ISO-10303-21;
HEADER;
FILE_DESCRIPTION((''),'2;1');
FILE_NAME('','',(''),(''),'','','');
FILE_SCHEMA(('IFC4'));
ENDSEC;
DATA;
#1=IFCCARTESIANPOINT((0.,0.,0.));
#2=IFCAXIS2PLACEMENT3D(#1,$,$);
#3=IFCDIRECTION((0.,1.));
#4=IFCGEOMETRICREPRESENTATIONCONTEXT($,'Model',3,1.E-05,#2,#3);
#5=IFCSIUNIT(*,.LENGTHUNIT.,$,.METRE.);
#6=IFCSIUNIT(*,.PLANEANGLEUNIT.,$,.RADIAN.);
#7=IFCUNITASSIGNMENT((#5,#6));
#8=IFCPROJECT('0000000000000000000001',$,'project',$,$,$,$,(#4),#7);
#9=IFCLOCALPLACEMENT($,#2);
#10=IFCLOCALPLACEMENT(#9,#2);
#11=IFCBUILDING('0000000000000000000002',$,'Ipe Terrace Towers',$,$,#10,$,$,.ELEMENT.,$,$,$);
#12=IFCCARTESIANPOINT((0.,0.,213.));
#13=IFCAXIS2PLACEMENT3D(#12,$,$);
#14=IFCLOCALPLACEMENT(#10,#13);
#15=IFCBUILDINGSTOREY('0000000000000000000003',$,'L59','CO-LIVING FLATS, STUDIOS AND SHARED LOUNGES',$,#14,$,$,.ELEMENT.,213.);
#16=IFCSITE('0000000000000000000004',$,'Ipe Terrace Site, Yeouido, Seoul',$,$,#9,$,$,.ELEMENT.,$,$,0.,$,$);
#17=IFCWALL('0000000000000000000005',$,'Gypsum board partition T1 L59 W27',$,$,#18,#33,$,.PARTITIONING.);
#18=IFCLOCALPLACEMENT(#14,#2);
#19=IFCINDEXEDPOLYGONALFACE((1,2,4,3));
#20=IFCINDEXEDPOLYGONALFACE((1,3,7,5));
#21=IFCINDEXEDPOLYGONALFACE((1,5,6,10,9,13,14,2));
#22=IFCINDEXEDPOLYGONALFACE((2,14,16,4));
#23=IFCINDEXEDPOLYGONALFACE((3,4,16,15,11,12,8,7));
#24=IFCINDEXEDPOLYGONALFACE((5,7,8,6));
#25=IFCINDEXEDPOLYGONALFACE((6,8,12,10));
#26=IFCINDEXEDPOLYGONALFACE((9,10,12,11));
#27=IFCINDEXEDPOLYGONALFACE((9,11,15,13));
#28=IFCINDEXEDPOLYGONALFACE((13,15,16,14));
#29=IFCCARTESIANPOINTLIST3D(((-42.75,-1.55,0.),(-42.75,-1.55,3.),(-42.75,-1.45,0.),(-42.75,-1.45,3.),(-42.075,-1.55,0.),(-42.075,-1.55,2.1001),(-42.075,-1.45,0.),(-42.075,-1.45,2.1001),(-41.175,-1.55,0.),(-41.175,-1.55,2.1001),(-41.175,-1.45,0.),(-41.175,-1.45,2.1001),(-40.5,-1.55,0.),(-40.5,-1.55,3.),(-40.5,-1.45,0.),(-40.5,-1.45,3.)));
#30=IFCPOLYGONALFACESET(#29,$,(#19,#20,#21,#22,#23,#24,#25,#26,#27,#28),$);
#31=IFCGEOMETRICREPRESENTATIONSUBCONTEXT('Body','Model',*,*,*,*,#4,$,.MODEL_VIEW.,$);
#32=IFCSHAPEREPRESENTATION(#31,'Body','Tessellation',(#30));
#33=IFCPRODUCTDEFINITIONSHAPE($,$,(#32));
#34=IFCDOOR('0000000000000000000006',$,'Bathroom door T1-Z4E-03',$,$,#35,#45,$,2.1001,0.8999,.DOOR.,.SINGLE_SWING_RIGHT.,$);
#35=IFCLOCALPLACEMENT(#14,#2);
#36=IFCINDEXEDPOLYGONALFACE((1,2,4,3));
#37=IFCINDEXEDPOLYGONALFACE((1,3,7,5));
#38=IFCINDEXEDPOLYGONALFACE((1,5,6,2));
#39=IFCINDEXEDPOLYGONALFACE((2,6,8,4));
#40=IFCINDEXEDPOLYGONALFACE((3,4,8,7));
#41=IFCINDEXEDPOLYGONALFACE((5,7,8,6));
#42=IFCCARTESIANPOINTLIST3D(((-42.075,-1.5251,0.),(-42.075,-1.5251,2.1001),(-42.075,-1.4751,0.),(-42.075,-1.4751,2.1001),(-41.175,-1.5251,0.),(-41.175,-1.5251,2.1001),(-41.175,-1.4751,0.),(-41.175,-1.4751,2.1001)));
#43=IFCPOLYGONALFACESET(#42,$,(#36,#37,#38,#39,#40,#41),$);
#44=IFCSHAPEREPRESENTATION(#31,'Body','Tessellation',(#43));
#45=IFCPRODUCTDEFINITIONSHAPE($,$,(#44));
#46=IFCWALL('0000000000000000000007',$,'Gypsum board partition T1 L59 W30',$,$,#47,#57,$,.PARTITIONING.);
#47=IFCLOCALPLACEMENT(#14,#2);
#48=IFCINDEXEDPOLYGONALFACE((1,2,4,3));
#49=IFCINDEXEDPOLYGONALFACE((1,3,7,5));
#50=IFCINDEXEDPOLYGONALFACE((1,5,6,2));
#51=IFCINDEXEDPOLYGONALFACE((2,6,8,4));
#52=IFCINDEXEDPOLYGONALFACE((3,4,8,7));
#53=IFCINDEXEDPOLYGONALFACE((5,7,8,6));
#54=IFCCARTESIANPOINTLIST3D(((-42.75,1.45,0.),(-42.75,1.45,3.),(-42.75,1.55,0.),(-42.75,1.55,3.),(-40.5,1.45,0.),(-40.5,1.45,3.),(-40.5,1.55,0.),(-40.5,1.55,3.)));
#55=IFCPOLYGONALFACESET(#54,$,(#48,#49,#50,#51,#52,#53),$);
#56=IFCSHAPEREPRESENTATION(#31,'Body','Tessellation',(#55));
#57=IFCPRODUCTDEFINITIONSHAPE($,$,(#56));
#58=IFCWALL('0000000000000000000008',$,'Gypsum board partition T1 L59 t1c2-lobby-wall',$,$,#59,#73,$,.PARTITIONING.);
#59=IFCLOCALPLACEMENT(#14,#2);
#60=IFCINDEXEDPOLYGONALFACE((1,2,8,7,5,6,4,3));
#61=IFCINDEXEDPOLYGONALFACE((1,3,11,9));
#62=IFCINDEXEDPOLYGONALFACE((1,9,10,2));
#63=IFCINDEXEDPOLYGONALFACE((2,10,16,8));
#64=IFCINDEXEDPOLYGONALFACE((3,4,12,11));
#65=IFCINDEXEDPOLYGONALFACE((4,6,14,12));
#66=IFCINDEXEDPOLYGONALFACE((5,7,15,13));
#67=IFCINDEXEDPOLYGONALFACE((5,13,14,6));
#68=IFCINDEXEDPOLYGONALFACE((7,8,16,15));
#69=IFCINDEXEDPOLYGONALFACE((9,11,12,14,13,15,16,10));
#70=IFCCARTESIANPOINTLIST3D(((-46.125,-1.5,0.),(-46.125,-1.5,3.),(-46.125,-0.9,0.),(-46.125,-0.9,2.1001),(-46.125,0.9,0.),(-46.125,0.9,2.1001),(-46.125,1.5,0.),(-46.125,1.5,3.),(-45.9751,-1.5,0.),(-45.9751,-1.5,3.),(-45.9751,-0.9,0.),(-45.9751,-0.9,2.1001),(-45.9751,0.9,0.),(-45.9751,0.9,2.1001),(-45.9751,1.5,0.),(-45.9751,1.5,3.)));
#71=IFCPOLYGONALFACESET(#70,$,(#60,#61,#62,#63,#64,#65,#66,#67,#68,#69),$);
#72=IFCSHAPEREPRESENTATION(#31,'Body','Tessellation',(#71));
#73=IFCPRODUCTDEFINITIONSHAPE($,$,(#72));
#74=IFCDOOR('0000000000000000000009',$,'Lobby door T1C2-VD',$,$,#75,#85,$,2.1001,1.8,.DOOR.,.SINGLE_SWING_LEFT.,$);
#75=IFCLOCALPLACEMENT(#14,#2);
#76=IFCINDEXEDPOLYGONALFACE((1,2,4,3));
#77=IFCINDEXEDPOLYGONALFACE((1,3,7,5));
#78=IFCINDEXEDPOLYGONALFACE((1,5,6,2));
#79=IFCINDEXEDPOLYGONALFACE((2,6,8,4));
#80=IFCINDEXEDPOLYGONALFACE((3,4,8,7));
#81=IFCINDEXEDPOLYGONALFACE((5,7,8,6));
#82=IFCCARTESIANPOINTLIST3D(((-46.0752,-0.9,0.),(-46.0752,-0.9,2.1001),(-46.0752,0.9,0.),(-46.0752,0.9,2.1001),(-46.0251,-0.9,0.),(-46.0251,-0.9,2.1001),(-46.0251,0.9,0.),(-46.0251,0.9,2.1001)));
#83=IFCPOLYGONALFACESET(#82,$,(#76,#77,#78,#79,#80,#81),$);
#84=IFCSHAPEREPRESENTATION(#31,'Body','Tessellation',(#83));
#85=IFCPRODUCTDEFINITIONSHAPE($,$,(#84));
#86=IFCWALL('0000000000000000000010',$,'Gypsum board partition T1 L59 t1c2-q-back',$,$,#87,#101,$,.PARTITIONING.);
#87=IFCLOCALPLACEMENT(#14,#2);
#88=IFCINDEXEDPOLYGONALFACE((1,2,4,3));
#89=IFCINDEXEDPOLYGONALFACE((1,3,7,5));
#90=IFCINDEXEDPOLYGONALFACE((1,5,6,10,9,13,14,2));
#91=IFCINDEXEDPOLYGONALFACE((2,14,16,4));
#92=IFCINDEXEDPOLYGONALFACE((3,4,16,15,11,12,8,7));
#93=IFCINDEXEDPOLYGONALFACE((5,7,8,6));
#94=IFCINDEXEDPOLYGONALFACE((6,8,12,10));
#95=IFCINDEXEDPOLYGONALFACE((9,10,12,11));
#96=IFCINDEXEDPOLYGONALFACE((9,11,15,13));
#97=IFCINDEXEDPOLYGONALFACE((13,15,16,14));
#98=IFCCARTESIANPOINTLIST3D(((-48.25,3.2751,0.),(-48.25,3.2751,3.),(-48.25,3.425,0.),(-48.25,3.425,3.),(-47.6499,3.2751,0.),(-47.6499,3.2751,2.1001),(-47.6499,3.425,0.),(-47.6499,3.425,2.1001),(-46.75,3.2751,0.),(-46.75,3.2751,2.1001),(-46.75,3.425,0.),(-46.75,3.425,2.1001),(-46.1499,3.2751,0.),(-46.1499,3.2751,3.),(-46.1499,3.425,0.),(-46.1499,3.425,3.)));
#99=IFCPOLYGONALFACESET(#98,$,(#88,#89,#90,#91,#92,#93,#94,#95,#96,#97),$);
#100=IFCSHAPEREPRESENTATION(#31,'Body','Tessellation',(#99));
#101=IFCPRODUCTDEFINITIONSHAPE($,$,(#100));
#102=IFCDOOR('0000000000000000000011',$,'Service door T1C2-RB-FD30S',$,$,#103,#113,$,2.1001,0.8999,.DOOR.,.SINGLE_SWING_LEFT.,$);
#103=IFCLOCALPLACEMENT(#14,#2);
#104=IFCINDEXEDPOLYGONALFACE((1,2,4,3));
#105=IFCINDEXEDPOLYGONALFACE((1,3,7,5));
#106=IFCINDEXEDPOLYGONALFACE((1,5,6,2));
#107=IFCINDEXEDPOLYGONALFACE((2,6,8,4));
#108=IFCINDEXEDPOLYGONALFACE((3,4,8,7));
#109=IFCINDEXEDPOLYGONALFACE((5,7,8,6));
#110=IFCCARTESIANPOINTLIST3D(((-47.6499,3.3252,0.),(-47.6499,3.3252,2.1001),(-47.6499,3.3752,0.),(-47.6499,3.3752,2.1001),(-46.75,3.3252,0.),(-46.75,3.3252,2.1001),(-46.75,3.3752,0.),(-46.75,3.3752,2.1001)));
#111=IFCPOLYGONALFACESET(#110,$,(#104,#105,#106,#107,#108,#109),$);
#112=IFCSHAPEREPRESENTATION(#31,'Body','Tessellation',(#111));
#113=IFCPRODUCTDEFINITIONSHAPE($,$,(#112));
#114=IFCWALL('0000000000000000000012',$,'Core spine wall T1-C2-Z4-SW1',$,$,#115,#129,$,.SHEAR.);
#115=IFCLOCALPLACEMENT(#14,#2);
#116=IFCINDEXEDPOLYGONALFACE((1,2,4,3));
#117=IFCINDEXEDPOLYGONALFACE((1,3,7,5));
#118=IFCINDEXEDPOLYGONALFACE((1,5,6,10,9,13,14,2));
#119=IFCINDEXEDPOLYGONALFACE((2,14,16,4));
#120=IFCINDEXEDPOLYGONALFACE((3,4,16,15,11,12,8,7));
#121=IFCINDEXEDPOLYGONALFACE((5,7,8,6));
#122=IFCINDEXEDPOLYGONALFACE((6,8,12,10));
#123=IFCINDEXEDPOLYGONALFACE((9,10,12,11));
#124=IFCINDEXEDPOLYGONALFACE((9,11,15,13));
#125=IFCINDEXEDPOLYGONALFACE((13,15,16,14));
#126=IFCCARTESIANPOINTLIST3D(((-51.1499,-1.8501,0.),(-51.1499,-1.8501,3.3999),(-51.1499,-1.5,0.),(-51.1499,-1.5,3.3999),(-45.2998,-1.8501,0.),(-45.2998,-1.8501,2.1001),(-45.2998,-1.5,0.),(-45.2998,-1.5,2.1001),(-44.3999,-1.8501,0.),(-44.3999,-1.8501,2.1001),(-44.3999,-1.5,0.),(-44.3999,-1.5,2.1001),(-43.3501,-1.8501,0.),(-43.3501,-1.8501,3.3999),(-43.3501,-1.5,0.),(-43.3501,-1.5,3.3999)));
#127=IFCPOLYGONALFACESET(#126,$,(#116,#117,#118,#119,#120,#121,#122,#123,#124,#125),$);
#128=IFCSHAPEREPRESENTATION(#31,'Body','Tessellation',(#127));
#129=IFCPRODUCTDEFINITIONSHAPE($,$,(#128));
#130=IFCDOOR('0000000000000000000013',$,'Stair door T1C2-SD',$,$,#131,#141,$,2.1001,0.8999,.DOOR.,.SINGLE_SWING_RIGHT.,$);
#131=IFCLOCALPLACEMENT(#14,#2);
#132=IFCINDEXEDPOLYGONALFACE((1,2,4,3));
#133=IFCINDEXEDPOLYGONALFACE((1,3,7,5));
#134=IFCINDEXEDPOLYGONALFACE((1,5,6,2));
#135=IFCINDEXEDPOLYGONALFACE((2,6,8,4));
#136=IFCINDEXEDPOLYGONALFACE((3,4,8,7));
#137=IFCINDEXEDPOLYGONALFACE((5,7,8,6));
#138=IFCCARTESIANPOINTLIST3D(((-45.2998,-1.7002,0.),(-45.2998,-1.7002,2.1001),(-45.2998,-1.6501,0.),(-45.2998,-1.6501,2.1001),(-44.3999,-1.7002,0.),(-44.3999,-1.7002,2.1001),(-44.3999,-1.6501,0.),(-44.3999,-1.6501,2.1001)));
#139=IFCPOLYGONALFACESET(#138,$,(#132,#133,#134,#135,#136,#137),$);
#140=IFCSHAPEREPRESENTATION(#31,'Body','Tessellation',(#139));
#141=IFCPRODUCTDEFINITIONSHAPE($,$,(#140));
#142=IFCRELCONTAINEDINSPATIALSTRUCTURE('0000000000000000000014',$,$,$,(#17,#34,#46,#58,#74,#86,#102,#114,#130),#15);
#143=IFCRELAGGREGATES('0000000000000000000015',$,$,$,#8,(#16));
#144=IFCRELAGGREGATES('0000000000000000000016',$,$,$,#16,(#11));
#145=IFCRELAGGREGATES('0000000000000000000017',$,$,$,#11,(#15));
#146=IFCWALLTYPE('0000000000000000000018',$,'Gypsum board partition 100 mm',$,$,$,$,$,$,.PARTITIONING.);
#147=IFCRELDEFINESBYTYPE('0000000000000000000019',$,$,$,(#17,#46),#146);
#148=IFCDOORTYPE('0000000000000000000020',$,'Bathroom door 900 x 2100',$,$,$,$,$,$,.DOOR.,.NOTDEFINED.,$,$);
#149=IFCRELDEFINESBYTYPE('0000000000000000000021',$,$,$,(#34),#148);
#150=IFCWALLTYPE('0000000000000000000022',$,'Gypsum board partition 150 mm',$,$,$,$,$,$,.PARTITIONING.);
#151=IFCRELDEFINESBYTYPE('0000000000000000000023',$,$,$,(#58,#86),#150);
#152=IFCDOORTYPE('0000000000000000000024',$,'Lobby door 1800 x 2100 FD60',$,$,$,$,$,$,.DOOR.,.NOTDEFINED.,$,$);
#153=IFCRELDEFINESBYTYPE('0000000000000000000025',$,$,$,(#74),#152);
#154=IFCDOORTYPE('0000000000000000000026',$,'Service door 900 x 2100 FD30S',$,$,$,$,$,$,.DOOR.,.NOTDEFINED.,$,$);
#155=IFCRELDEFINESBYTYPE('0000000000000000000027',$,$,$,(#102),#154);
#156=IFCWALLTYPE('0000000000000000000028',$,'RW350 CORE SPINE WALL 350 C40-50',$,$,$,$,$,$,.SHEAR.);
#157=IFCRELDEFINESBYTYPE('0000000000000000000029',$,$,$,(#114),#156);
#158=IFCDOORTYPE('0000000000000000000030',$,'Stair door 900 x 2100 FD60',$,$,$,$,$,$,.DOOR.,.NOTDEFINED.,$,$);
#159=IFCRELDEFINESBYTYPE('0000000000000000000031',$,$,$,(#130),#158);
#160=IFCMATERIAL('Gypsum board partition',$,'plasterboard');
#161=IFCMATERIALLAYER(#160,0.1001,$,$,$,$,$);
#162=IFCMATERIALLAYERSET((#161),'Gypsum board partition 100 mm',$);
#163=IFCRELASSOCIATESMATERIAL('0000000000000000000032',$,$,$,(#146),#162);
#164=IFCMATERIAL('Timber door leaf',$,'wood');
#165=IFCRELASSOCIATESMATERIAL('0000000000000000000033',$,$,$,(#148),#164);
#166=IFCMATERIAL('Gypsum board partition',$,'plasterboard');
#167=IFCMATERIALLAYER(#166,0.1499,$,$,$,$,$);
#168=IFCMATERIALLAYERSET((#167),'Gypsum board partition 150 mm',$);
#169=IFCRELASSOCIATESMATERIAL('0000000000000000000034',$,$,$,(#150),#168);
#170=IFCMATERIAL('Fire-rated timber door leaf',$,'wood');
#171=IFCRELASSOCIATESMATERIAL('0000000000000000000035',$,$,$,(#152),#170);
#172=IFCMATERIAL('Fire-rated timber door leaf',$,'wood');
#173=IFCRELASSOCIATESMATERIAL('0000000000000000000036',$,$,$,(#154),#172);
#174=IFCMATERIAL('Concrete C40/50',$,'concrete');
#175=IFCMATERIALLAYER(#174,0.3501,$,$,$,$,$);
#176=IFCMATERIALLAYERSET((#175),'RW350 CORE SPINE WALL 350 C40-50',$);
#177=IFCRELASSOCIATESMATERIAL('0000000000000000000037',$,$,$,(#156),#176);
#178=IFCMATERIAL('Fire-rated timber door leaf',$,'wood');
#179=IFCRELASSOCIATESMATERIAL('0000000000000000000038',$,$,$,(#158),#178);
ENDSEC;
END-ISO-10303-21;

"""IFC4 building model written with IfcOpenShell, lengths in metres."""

from ifc_helpers import new_model, si_unit, direction, frame, frame_2d, origin, place, context, subcontext, project, spatial, rectangle, extrude, material, layer, layer_set, type_object, element, fill, save


model = new_model("IFC4")

# Units and contexts
model_context = context("Model", 3, precision=1e-05, world=origin(), true_north=direction((0.0, 1.0)))
body_context = subcontext(model_context, "Body", "Model", "MODEL_VIEW")
ifc_project = project(units=[si_unit("LENGTHUNIT", "METRE"), si_unit("PLANEANGLEUNIT", "RADIAN")], contexts=[model_context])

# Site, building, storey
site_placement = place(None, origin())
site = spatial("IfcSite", under=ifc_project, at=site_placement, Name="Ipe Terrace Site, Yeouido, Seoul", CompositionType="ELEMENT", RefElevation=0.0)
building_placement = place(site_placement, origin())
building = spatial("IfcBuilding", under=site, at=building_placement, Name="Ipe Terrace Towers", CompositionType="ELEMENT")
storey_placement = place(building_placement, frame((0.0, 0.0, 213.0)))
storey = spatial("IfcBuildingStorey", under=building, at=storey_placement, Name="L59", Description="CO-LIVING FLATS, STUDIOS AND SHARED LOUNGES", CompositionType="ELEMENT", Elevation=213.0)

# Wall, opening, door
ifc_material_1 = material(Name="Gypsum board partition", Category="plasterboard")
ifc_layer_1 = layer(ifc_material_1, 0.1001)
ifc_layer_set_1 = layer_set([ifc_layer_1], Name="Gypsum board partition 100 mm")
wall_type_1 = type_object("IfcWallType", Name="Gypsum board partition 100 mm", PredefinedType="PARTITIONING", material=ifc_layer_set_1)
wall_1_placement = place(storey_placement, frame((-42.75, -1.5, 0.0), z_axis=(0.0, 0.0, 1.0), x_axis=(1.0, 0.0, 0.0)))
wall_1 = element("IfcWall", 1, at=wall_1_placement, inside=storey, type_object=wall_type_1, Name="Gypsum board partition T1 L59 W27", PredefinedType="PARTITIONING", context=body_context, shape_type="SweptSolid", body=[
    extrude(rectangle(XDim=2.25, YDim=0.1001, at=frame_2d((1.125, 0.0))), origin(), (0.0, 0.0, 1.0), 3.0),
])
opening_1_placement = place(wall_1_placement, frame((0.675, 0.0, 0.0)))
opening_1 = element("IfcOpeningElement", 2, at=opening_1_placement, cuts=wall_1, PredefinedType="OPENING", context=body_context, shape_type="SweptSolid", body=[
    extrude(rectangle(XDim=0.8999, YDim=2.1001, at=frame_2d((0.45, 1.05))), frame((0.0, 0.0601, 0.0), z_axis=(0.0, -1.0, 0.0), x_axis=(1.0, 0.0, 0.0)), (0.0, 0.0, 1.0), 0.1201),
])
ifc_material_2 = material(Name="Timber door leaf", Category="wood")
door_type_1 = type_object("IfcDoorType", Name="Bathroom door 900 x 2100", OperationType="NOTDEFINED", PredefinedType="DOOR", material=ifc_material_2)
door_1_placement = place(opening_1_placement, origin())
door_1 = element("IfcDoor", 3, at=door_1_placement, inside=storey, type_object=door_type_1, Name="Bathroom door T1-Z4E-03", OperationType="SINGLE_SWING_RIGHT", OverallHeight=2.1001, OverallWidth=0.8999, PredefinedType="DOOR", context=body_context, shape_type="SweptSolid", body=[
    extrude(rectangle(XDim=0.8999, YDim=2.1001, at=frame_2d((0.45, 1.05))), frame((0.0, 0.0249, 0.0), z_axis=(0.0, -1.0, 0.0), x_axis=(1.0, 0.0, 0.0)), (0.0, 0.0, 1.0), 0.05),
])
fill(opening_1, door_1)

# Wall
wall_2_placement = place(storey_placement, frame((-42.75, 1.5, 0.0), z_axis=(0.0, 0.0, 1.0), x_axis=(1.0, 0.0, 0.0)))
element("IfcWall", 4, at=wall_2_placement, inside=storey, type_object=wall_type_1, Name="Gypsum board partition T1 L59 W30", PredefinedType="PARTITIONING", context=body_context, shape_type="SweptSolid", body=[
    extrude(rectangle(XDim=2.25, YDim=0.1001, at=frame_2d((1.125, 0.0))), origin(), (0.0, 0.0, 1.0), 3.0),
])

# Walls, openings, doors
ifc_material_3 = material(Name="Gypsum board partition", Category="plasterboard")
ifc_layer_2 = layer(ifc_material_3, 0.1499)
ifc_layer_set_2 = layer_set([ifc_layer_2], Name="Gypsum board partition 150 mm")
wall_type_2 = type_object("IfcWallType", Name="Gypsum board partition 150 mm", PredefinedType="PARTITIONING", material=ifc_layer_set_2)
wall_3_placement = place(storey_placement, frame((-46.05, 1.5, 0.0), z_axis=(0.0, 0.0, 1.0), x_axis=(0.0, -1.0, 0.0)))
wall_3 = element("IfcWall", 5, at=wall_3_placement, inside=storey, type_object=wall_type_2, Name="Gypsum board partition T1 L59 t1c2-lobby-wall", PredefinedType="PARTITIONING", context=body_context, shape_type="SweptSolid", body=[
    extrude(rectangle(XDim=3.0, YDim=0.1499, at=frame_2d((1.5, 0.0))), origin(), (0.0, 0.0, 1.0), 3.0),
])
opening_2_placement = place(wall_3_placement, frame((0.6001, 0.0, 0.0)))
opening_2 = element("IfcOpeningElement", 6, at=opening_2_placement, cuts=wall_3, PredefinedType="OPENING", context=body_context, shape_type="SweptSolid", body=[
    extrude(rectangle(XDim=1.8, YDim=2.1001, at=frame_2d((0.8999, 1.05))), frame((0.0, 0.085, 0.0), z_axis=(0.0, -1.0, 0.0), x_axis=(1.0, 0.0, 0.0)), (0.0, 0.0, 1.0), 0.1699),
])
ifc_material_4 = material(Name="Fire-rated timber door leaf", Category="wood")
door_type_2 = type_object("IfcDoorType", Name="Lobby door 1800 x 2100 FD60", OperationType="NOTDEFINED", PredefinedType="DOOR", material=ifc_material_4)
door_2_placement = place(opening_2_placement, origin())
door_2 = element("IfcDoor", 7, at=door_2_placement, inside=storey, type_object=door_type_2, Name="Lobby door T1C2-VD", OperationType="SINGLE_SWING_LEFT", OverallHeight=2.1001, OverallWidth=1.8, PredefinedType="DOOR", context=body_context, shape_type="SweptSolid", body=[
    extrude(rectangle(XDim=1.8, YDim=2.1001, at=frame_2d((0.8999, 1.05))), frame((0.0, 0.0249, 0.0), z_axis=(0.0, -1.0, 0.0), x_axis=(1.0, 0.0, 0.0)), (0.0, 0.0, 1.0), 0.05),
])
fill(opening_2, door_2)
wall_4_placement = place(storey_placement, frame((-46.1499, 3.3501, 0.0), z_axis=(0.0, 0.0, 1.0), x_axis=(-1.0, 0.0, 0.0)))
wall_4 = element("IfcWall", 8, at=wall_4_placement, inside=storey, type_object=wall_type_2, Name="Gypsum board partition T1 L59 t1c2-q-back", PredefinedType="PARTITIONING", context=body_context, shape_type="SweptSolid", body=[
    extrude(rectangle(XDim=2.1001, YDim=0.1499, at=frame_2d((1.05, 0.0))), origin(), (0.0, 0.0, 1.0), 3.0),
])
opening_3_placement = place(wall_4_placement, frame((0.6001, 0.0, 0.0)))
opening_3 = element("IfcOpeningElement", 9, at=opening_3_placement, cuts=wall_4, PredefinedType="OPENING", context=body_context, shape_type="SweptSolid", body=[
    extrude(rectangle(XDim=0.8999, YDim=2.1001, at=frame_2d((0.45, 1.05))), frame((0.0, 0.085, 0.0), z_axis=(0.0, -1.0, 0.0), x_axis=(1.0, 0.0, 0.0)), (0.0, 0.0, 1.0), 0.1699),
])
ifc_material_5 = material(Name="Fire-rated timber door leaf", Category="wood")
door_type_3 = type_object("IfcDoorType", Name="Service door 900 x 2100 FD30S", OperationType="NOTDEFINED", PredefinedType="DOOR", material=ifc_material_5)
door_3_placement = place(opening_3_placement, origin())
door_3 = element("IfcDoor", 10, at=door_3_placement, inside=storey, type_object=door_type_3, Name="Service door T1C2-RB-FD30S", OperationType="SINGLE_SWING_LEFT", OverallHeight=2.1001, OverallWidth=0.8999, PredefinedType="DOOR", context=body_context, shape_type="SweptSolid", body=[
    extrude(rectangle(XDim=0.8999, YDim=2.1001, at=frame_2d((0.45, 1.05))), frame((0.0, 0.0249, 0.0), z_axis=(0.0, -1.0, 0.0), x_axis=(1.0, 0.0, 0.0)), (0.0, 0.0, 1.0), 0.05),
])
fill(opening_3, door_3)
ifc_material_6 = material(Name="Concrete C40/50", Category="concrete")
ifc_layer_3 = layer(ifc_material_6, 0.3501)
ifc_layer_set_3 = layer_set([ifc_layer_3], Name="RW350 CORE SPINE WALL 350 C40-50")
wall_type_3 = type_object("IfcWallType", Name="RW350 CORE SPINE WALL 350 C40-50", PredefinedType="SHEAR", material=ifc_layer_set_3)
wall_5_placement = place(storey_placement, frame((-51.1499, -1.675, 0.0), z_axis=(0.0, 0.0, 1.0), x_axis=(1.0, 0.0, 0.0)))
wall_5 = element("IfcWall", 11, at=wall_5_placement, inside=storey, type_object=wall_type_3, Name="Core spine wall T1-C2-Z4-SW1", PredefinedType="SHEAR", context=body_context, shape_type="SweptSolid", body=[
    extrude(rectangle(XDim=7.7998, YDim=0.3501, at=frame_2d((3.8999, 0.0))), origin(), (0.0, 0.0, 1.0), 3.3999),
])
opening_4_placement = place(wall_5_placement, frame((5.8501, 0.0, 0.0)))
opening_4 = element("IfcOpeningElement", 12, at=opening_4_placement, cuts=wall_5, PredefinedType="OPENING", context=body_context, shape_type="SweptSolid", body=[
    extrude(rectangle(XDim=0.8999, YDim=2.1001, at=frame_2d((0.45, 1.05))), frame((0.0, 0.1851, 0.0), z_axis=(0.0, -1.0, 0.0), x_axis=(1.0, 0.0, 0.0)), (0.0, 0.0, 1.0), 0.3701),
])
ifc_material_7 = material(Name="Fire-rated timber door leaf", Category="wood")
door_type_4 = type_object("IfcDoorType", Name="Stair door 900 x 2100 FD60", OperationType="NOTDEFINED", PredefinedType="DOOR", material=ifc_material_7)
door_4_placement = place(opening_4_placement, origin())
door_4 = element("IfcDoor", 13, at=door_4_placement, inside=storey, type_object=door_type_4, Name="Stair door T1C2-SD", OperationType="SINGLE_SWING_RIGHT", OverallHeight=2.1001, OverallWidth=0.8999, PredefinedType="DOOR", context=body_context, shape_type="SweptSolid", body=[
    extrude(rectangle(XDim=0.8999, YDim=2.1001, at=frame_2d((0.45, 1.05))), frame((0.0, 0.0249, 0.0), z_axis=(0.0, -1.0, 0.0), x_axis=(1.0, 0.0, 0.0)), (0.0, 0.0, 1.0), 0.05),
])
fill(opening_4, door_4)

save(model, "model.ifc")
